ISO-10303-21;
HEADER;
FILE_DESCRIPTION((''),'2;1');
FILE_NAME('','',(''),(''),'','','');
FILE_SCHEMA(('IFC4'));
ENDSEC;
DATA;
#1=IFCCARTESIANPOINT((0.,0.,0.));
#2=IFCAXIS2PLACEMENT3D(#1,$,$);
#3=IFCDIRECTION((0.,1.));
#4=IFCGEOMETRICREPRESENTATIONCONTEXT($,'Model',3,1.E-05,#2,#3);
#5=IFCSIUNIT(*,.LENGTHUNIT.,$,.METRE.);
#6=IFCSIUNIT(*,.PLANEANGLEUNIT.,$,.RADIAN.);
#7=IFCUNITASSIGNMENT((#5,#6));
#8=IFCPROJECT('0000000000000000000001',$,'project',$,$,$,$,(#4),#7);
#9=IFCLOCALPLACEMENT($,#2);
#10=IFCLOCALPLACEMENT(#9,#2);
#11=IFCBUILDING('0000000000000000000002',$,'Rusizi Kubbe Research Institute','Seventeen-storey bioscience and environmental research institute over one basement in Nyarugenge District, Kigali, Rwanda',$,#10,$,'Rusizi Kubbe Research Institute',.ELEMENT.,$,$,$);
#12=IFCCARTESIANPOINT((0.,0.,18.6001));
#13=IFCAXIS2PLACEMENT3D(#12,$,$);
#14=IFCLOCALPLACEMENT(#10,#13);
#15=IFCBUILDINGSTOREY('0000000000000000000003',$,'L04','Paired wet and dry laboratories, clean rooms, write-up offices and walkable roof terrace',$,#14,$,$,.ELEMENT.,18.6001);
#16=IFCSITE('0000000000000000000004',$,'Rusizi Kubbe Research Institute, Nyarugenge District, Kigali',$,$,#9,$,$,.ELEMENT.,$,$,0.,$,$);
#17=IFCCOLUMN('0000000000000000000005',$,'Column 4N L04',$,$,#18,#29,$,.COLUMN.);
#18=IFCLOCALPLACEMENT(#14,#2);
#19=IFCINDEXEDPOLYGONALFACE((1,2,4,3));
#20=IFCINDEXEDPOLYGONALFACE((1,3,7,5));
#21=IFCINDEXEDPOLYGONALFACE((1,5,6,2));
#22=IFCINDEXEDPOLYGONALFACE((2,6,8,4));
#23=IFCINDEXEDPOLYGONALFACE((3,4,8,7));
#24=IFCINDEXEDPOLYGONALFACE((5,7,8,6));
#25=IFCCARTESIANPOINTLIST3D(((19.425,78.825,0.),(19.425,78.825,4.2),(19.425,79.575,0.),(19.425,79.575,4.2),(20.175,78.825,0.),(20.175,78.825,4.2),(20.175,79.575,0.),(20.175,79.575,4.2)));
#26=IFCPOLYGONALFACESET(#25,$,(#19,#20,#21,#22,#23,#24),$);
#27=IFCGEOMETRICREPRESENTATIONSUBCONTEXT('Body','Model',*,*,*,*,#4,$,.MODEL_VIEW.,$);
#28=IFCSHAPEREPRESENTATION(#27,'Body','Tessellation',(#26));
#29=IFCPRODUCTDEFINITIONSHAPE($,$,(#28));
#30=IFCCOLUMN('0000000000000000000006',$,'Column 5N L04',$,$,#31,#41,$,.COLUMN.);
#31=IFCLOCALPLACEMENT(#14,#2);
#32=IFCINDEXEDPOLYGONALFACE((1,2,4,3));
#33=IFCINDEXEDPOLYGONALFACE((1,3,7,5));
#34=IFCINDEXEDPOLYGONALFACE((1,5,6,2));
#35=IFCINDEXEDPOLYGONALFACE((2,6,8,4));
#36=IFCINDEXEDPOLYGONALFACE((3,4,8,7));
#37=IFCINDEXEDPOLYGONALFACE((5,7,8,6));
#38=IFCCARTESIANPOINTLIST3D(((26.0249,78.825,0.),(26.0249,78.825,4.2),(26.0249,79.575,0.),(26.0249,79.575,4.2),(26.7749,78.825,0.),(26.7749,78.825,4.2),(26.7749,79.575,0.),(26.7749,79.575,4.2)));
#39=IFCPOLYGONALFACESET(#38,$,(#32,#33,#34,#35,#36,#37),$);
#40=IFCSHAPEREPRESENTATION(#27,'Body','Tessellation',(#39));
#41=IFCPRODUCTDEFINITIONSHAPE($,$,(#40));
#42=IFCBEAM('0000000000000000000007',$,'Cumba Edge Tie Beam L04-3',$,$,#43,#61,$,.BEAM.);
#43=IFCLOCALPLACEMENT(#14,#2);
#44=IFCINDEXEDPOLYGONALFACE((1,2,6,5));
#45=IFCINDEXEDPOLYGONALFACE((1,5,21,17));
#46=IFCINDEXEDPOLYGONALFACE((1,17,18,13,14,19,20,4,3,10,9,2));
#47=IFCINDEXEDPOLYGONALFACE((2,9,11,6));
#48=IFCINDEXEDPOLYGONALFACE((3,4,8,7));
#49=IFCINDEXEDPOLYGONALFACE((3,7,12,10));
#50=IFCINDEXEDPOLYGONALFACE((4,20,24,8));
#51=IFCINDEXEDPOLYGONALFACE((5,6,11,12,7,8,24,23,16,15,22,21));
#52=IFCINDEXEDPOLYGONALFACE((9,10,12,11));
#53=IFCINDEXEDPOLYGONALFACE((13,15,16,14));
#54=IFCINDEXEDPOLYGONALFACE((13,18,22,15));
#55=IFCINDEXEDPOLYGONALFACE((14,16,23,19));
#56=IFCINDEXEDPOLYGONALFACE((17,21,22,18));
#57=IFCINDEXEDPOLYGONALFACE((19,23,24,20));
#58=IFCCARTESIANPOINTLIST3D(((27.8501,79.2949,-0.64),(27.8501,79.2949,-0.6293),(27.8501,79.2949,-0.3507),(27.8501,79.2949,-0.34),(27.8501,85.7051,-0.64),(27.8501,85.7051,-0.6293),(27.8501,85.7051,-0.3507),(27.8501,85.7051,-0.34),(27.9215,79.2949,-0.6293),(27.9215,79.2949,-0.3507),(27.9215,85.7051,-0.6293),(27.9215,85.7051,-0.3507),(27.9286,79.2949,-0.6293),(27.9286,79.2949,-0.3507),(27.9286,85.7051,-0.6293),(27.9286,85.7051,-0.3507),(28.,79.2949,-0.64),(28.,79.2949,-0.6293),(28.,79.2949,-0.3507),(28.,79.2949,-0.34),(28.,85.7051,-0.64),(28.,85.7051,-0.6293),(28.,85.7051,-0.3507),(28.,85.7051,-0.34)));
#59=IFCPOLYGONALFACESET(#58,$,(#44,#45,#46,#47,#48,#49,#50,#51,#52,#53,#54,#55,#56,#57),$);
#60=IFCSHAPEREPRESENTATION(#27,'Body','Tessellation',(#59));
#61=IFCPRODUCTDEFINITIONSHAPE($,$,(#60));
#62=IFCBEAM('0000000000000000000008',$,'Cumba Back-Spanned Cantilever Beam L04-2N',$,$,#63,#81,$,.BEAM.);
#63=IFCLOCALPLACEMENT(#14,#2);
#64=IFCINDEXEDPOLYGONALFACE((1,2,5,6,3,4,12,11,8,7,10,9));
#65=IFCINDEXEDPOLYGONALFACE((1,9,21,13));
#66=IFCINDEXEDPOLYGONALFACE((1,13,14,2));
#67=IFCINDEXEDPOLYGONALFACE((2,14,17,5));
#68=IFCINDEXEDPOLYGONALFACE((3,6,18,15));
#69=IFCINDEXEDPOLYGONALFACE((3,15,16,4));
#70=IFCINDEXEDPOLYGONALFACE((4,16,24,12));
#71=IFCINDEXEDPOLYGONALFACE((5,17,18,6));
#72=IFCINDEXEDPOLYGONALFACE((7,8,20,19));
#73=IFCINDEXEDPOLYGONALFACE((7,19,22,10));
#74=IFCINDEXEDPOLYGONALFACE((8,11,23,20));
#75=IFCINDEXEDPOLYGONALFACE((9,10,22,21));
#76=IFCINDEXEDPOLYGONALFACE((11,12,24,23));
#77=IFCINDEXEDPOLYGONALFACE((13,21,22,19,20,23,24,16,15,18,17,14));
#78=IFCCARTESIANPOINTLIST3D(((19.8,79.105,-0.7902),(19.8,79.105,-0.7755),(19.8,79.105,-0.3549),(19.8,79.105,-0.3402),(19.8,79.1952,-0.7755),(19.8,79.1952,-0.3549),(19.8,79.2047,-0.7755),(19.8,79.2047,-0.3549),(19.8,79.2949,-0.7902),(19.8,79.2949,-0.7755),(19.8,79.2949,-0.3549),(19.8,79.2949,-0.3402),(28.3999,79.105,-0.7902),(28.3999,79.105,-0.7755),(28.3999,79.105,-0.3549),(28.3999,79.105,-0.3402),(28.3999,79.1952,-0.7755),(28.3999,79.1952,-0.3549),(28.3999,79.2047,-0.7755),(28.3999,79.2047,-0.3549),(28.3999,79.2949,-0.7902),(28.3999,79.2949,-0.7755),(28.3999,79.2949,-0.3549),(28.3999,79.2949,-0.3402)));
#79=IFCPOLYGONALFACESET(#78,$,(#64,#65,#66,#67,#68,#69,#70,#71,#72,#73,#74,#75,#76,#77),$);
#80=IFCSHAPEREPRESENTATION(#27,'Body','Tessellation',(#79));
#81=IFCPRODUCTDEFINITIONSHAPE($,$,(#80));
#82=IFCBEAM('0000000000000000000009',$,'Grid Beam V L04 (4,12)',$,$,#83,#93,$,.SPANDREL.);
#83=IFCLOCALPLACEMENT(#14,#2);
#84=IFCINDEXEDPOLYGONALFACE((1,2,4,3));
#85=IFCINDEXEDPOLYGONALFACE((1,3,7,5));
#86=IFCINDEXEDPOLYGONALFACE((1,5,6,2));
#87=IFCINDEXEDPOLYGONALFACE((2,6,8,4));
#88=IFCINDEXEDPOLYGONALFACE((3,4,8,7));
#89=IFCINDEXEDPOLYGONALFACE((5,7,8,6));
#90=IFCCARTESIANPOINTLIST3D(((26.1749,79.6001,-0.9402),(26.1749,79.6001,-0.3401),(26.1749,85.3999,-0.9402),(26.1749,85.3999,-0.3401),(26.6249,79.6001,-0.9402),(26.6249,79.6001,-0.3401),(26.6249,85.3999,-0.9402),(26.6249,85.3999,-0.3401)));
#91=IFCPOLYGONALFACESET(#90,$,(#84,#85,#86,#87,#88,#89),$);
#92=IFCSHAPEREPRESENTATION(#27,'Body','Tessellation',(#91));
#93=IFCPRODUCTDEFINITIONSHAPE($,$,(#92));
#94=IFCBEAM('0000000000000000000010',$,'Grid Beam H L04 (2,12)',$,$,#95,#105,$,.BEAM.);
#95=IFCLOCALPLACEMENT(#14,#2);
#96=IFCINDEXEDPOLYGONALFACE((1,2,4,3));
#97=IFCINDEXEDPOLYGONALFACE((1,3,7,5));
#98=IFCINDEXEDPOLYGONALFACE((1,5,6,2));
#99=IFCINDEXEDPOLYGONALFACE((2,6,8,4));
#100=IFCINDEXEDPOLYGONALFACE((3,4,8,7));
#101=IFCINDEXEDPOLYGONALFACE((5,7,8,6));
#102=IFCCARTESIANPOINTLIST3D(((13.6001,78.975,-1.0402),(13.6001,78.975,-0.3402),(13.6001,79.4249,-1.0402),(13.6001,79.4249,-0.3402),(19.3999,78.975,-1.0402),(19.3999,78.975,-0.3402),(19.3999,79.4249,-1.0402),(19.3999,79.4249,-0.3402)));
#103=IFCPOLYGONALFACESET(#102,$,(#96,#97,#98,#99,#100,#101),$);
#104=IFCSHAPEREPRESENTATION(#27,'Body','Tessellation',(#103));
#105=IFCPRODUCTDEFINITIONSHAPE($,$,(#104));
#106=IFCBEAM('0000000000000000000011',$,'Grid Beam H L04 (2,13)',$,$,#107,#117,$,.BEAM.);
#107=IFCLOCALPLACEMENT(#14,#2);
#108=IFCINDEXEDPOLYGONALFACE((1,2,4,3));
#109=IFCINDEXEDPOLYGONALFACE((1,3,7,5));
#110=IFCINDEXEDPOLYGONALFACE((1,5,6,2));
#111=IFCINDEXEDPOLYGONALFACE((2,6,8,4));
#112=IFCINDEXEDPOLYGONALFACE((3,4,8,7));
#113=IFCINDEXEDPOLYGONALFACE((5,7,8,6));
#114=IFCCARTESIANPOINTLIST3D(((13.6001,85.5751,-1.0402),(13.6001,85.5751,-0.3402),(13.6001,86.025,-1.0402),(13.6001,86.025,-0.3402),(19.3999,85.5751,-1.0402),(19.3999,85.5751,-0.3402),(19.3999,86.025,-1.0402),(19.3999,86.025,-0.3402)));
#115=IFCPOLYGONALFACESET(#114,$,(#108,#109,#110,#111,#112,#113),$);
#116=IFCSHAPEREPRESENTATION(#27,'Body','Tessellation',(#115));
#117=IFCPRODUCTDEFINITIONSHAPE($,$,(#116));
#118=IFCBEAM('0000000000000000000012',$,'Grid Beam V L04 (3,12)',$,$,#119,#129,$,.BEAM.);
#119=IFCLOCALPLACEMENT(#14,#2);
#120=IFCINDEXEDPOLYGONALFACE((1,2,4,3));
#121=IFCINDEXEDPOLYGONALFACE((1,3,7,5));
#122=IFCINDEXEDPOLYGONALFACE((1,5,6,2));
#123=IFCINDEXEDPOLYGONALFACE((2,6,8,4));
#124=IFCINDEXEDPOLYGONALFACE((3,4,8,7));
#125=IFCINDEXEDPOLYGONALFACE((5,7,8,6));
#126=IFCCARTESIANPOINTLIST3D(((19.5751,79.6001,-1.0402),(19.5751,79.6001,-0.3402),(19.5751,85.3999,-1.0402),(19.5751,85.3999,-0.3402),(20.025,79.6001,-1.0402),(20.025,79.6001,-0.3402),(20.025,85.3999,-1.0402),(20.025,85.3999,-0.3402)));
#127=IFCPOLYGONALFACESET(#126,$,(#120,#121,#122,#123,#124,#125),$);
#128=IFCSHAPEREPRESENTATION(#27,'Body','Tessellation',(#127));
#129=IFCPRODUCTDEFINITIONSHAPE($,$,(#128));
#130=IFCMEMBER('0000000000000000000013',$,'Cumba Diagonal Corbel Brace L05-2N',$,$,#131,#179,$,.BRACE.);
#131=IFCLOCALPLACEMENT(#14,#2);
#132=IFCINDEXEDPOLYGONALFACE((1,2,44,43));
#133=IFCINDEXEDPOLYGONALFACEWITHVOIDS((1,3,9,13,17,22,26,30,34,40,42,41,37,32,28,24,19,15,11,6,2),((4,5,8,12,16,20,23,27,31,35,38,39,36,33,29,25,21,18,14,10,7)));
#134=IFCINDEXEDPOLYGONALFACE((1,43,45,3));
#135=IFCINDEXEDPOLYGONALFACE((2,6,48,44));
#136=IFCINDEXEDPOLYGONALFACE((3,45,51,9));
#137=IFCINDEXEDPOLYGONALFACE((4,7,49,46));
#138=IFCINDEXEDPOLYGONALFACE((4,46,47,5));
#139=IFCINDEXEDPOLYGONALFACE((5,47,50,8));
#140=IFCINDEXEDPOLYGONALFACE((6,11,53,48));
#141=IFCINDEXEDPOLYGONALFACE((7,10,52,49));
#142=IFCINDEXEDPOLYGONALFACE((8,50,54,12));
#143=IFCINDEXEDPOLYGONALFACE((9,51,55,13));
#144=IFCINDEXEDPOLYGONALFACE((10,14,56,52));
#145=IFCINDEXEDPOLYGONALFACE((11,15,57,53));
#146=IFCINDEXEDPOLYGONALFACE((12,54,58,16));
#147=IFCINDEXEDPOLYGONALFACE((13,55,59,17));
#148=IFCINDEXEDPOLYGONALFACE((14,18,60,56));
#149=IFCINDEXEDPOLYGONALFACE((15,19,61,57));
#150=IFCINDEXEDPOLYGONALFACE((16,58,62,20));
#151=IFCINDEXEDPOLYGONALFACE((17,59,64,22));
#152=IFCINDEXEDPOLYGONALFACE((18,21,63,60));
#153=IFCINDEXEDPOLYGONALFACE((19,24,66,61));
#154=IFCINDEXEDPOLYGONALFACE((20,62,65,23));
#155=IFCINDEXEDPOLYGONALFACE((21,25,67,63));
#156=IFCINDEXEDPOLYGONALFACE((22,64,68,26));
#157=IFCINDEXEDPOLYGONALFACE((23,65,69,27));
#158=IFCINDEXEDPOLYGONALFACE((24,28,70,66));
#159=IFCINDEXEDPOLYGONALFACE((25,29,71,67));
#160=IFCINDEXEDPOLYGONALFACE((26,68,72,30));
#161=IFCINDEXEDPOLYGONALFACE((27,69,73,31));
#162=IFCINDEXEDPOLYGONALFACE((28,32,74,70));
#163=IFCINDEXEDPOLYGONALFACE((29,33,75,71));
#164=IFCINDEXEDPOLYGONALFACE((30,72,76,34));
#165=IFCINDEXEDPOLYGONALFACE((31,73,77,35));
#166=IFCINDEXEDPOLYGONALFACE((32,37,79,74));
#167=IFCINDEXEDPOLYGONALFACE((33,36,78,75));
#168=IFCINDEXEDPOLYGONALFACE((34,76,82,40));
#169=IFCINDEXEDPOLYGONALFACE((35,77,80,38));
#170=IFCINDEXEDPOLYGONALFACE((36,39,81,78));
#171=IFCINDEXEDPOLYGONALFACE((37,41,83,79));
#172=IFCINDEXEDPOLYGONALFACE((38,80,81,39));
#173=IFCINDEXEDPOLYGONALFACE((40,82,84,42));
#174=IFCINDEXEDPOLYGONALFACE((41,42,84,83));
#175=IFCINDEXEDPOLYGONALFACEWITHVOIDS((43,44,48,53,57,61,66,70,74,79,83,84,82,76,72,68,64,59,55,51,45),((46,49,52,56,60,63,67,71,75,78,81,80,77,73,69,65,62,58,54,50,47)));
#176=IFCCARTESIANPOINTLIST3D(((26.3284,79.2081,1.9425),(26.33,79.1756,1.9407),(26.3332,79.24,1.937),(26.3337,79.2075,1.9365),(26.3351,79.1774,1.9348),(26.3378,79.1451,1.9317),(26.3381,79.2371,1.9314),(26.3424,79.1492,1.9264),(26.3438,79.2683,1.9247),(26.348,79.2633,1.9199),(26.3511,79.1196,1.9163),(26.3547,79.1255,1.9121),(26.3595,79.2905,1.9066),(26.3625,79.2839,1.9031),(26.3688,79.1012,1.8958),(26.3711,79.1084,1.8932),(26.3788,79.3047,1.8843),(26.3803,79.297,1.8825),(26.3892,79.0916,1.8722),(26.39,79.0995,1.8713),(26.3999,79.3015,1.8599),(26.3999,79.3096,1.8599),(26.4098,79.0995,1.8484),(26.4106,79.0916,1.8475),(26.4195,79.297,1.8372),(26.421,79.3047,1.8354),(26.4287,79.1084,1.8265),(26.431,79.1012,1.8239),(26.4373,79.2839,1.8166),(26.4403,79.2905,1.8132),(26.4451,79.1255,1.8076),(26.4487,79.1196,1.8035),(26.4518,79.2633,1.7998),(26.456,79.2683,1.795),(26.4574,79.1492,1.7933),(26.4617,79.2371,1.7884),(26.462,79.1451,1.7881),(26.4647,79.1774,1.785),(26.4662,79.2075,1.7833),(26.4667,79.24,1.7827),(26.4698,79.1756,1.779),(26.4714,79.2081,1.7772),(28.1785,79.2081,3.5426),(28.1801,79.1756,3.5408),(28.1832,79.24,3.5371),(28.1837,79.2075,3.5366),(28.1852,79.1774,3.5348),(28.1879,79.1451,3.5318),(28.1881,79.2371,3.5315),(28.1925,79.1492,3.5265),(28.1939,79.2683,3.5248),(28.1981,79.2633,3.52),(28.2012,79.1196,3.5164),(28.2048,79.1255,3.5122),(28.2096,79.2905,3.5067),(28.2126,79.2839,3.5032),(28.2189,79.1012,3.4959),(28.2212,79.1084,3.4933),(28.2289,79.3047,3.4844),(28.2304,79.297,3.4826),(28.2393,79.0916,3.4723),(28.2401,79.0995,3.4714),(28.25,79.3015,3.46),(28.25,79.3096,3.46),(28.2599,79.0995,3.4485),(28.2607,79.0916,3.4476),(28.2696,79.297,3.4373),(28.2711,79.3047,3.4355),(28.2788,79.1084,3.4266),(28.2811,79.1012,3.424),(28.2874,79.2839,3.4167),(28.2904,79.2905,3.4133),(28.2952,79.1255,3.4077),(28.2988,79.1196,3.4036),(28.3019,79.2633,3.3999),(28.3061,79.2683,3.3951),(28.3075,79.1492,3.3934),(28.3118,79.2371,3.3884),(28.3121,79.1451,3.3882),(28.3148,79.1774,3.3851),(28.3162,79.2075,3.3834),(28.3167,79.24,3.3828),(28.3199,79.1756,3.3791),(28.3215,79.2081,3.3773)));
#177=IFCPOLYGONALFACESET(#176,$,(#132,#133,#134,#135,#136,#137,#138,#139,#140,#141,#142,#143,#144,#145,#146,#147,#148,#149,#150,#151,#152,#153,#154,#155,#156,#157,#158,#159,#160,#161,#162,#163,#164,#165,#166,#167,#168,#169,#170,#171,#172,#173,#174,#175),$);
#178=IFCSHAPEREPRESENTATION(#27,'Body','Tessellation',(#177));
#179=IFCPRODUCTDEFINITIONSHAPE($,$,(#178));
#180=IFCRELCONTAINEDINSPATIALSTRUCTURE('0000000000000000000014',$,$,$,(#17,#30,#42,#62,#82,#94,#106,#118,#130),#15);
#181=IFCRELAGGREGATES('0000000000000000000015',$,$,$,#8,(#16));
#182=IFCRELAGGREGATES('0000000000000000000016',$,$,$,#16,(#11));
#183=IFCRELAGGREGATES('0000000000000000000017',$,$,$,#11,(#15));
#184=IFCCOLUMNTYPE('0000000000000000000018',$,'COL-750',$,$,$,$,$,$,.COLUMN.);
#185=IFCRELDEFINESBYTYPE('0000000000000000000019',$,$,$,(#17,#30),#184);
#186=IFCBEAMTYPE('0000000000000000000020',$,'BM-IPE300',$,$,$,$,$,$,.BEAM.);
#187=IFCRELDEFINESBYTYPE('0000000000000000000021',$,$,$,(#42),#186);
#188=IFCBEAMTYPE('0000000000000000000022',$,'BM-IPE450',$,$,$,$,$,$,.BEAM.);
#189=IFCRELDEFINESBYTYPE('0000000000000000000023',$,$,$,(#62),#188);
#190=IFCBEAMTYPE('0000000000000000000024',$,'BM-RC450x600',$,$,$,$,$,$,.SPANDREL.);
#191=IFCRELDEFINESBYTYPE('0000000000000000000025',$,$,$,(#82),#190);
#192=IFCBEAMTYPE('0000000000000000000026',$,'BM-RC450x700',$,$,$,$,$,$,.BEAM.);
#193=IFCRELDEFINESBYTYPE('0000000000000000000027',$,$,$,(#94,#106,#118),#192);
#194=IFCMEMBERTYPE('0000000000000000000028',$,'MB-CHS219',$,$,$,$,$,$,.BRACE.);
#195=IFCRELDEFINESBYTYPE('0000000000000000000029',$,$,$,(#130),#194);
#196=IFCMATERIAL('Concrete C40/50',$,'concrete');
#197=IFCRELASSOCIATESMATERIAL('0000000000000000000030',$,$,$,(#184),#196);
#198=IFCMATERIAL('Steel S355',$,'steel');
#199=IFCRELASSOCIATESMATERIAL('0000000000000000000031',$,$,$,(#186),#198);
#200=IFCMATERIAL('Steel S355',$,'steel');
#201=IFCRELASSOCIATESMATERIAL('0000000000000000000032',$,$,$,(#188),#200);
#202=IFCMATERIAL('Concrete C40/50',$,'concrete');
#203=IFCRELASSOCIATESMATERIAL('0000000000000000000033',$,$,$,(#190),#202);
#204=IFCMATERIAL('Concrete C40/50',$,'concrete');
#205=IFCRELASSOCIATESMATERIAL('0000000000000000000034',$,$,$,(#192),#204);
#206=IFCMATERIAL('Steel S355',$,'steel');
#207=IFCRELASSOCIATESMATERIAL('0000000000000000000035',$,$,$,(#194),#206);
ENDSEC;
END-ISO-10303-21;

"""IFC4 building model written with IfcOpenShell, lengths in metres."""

from ifc_helpers import new_model, si_unit, direction, frame, origin, origin_2d, place, context, subcontext, project, spatial, rectangle, hollow_circle, i_section, extrude, material, material_profile, profile_set, type_object, element, save


model = new_model("IFC4")

# Units and contexts
model_context = context("Model", 3, precision=1e-05, world=origin(), true_north=direction((0.0, 1.0)))
body_context = subcontext(model_context, "Body", "Model", "MODEL_VIEW")
ifc_project = project(units=[si_unit("LENGTHUNIT", "METRE"), si_unit("PLANEANGLEUNIT", "RADIAN")], contexts=[model_context])

# Site, building, storey
site_placement = place(None, origin())
site = spatial("IfcSite", under=ifc_project, at=site_placement, Name="Rusizi Kubbe Research Institute, Nyarugenge District, Kigali", CompositionType="ELEMENT", RefElevation=0.0)
building_placement = place(site_placement, origin())
building = spatial("IfcBuilding", under=site, at=building_placement, Name="Rusizi Kubbe Research Institute", Description="Seventeen-storey bioscience and environmental research institute over one basement in Nyarugenge District, Kigali, Rwanda", LongName="Rusizi Kubbe Research Institute", CompositionType="ELEMENT")
storey_placement = place(building_placement, frame((0.0, 0.0, 18.6001)))
storey = spatial("IfcBuildingStorey", under=building, at=storey_placement, Name="L04", Description="Paired wet and dry laboratories, clean rooms, write-up offices and walkable roof terrace", CompositionType="ELEMENT", Elevation=18.6001)

# Columns
ifc_material_1 = material(Name="Concrete C40/50", Category="concrete")
ifc_material_profile_1 = material_profile(ifc_material_1, rectangle(XDim=0.75, YDim=0.75, at=origin_2d()), Name="RC750x750")
ifc_profile_set_1 = profile_set([ifc_material_profile_1], Name="Concrete C40/50")
column_type = type_object("IfcColumnType", Name="COL-750", PredefinedType="COLUMN", material=ifc_profile_set_1)
for number, where, z_axis, x_axis, name in (
    (1, (19.8, 79.2, 0.0), (0.0, 0.0, 1.0), (1.0, 0.0, 0.0), "Column 4N L04"),
    (2, (26.3999, 79.2, 0.0), (0.0, 0.0, 1.0), (1.0, 0.0, 0.0), "Column 5N L04"),
):
    element("IfcColumn", number, at=place(storey_placement, frame(where, z_axis=z_axis, x_axis=x_axis)), inside=storey, type_object=column_type, Name=name, PredefinedType="COLUMN", context=body_context, shape_type="SweptSolid", body=[
        extrude(rectangle(XDim=0.75, YDim=0.75, at=origin_2d()), origin(), (0.0, 0.0, 1.0), 4.2),
    ])

# Beams
ifc_material_2 = material(Name="Steel S355", Category="steel")
ifc_material_profile_2 = material_profile(ifc_material_2, i_section(OverallWidth=0.1499, OverallDepth=0.3, WebThickness=0.0071, FlangeThickness=0.0107, at=origin_2d()), Name="IPE 300")
ifc_profile_set_2 = profile_set([ifc_material_profile_2], Name="Steel S355")
beam_type_1 = type_object("IfcBeamType", Name="BM-IPE300", PredefinedType="BEAM", material=ifc_profile_set_2)
beam_1_placement = place(storey_placement, frame((27.925, 79.2949, -0.49), z_axis=(0.0, 1.0, 0.0), x_axis=(-1.0, 0.0, 0.0)))
element("IfcBeam", 3, at=beam_1_placement, inside=storey, type_object=beam_type_1, Name="Cumba Edge Tie Beam L04-3", PredefinedType="BEAM", context=body_context, shape_type="SweptSolid", body=[
    extrude(i_section(OverallWidth=0.1499, OverallDepth=0.3, WebThickness=0.0071, FlangeThickness=0.0107, at=origin_2d()), origin(), (0.0, 0.0, 1.0), 6.4102),
])
ifc_material_3 = material(Name="Steel S355", Category="steel")
ifc_material_profile_3 = material_profile(ifc_material_3, i_section(OverallWidth=0.1899, OverallDepth=0.45, WebThickness=0.0095, FlangeThickness=0.0146, at=origin_2d()), Name="IPE 450")
ifc_profile_set_3 = profile_set([ifc_material_profile_3], Name="Steel S355")
beam_type_2 = type_object("IfcBeamType", Name="BM-IPE450", PredefinedType="BEAM", material=ifc_profile_set_3)
beam_2_placement = place(storey_placement, frame((19.8, 79.2, -0.5652), z_axis=(1.0, 0.0, 0.0), x_axis=(0.0, 1.0, 0.0)))
element("IfcBeam", 4, at=beam_2_placement, inside=storey, type_object=beam_type_2, Name="Cumba Back-Spanned Cantilever Beam L04-2N", PredefinedType="BEAM", context=body_context, shape_type="SweptSolid", body=[
    extrude(i_section(OverallWidth=0.1899, OverallDepth=0.45, WebThickness=0.0095, FlangeThickness=0.0146, at=origin_2d()), origin(), (0.0, 0.0, 1.0), 8.5999),
])
ifc_material_4 = material(Name="Concrete C40/50", Category="concrete")
ifc_material_profile_4 = material_profile(ifc_material_4, rectangle(XDim=0.45, YDim=0.6001, at=origin_2d()), Name="RC450x600")
ifc_profile_set_4 = profile_set([ifc_material_profile_4], Name="Concrete C40/50")
beam_type_3 = type_object("IfcBeamType", Name="BM-RC450x600", PredefinedType="SPANDREL", material=ifc_profile_set_4)
beam_3_placement = place(storey_placement, frame((26.3999, 79.6001, -0.6401), z_axis=(0.0, 1.0, 0.0), x_axis=(-1.0, 0.0, 0.0)))
element("IfcBeam", 5, at=beam_3_placement, inside=storey, type_object=beam_type_3, Name="Grid Beam V L04 (4,12)", PredefinedType="SPANDREL", context=body_context, shape_type="SweptSolid", body=[
    extrude(rectangle(XDim=0.45, YDim=0.6001, at=origin_2d()), origin(), (0.0, 0.0, 1.0), 5.7998),
])
ifc_material_5 = material(Name="Concrete C40/50", Category="concrete")
ifc_material_profile_5 = material_profile(ifc_material_5, rectangle(XDim=0.45, YDim=0.7, at=origin_2d()), Name="RC450x700B")
ifc_profile_set_5 = profile_set([ifc_material_profile_5], Name="Concrete C40/50")
beam_type_4 = type_object("IfcBeamType", Name="BM-RC450x700", PredefinedType="BEAM", material=ifc_profile_set_5)
for number, where, z_axis, x_axis, name in (
    (6, (13.6001, 79.2, -0.6902), (1.0, 0.0, 0.0), (0.0, 1.0, 0.0), "Grid Beam H L04 (2,12)"),
    (7, (13.6001, 85.8, -0.6902), (1.0, 0.0, 0.0), (0.0, 1.0, 0.0), "Grid Beam H L04 (2,13)"),
    (8, (19.8, 79.6001, -0.6902), (0.0, 1.0, 0.0), (-1.0, 0.0, 0.0), "Grid Beam V L04 (3,12)"),
):
    element("IfcBeam", number, at=place(storey_placement, frame(where, z_axis=z_axis, x_axis=x_axis)), inside=storey, type_object=beam_type_4, Name=name, PredefinedType="BEAM", context=body_context, shape_type="SweptSolid", body=[
        extrude(rectangle(XDim=0.45, YDim=0.7, at=origin_2d()), origin(), (0.0, 0.0, 1.0), 5.7998),
    ])

# Member
ifc_material_6 = material(Name="Steel S355", Category="steel")
ifc_material_profile_6 = material_profile(ifc_material_6, hollow_circle(Radius=0.1096, WallThickness=0.0081, at=origin_2d()), Name="CHS 219.1x8.0")
ifc_profile_set_6 = profile_set([ifc_material_profile_6], Name="Steel S355")
member_type_1 = type_object("IfcMemberType", Name="MB-CHS219", PredefinedType="BRACE", material=ifc_profile_set_6)
member_1_placement = place(storey_placement, frame((26.3999, 79.2, 1.8599), z_axis=(0.756361, 0.0, 0.654155), x_axis=(0.0, 1.0, 0.0)))
element("IfcMember", 9, at=member_1_placement, inside=storey, type_object=member_type_1, Name="Cumba Diagonal Corbel Brace L05-2N", PredefinedType="BRACE", context=body_context, shape_type="SweptSolid", body=[
    extrude(hollow_circle(Radius=0.1096, WallThickness=0.0081, at=origin_2d()), origin(), (0.0, 0.0, 1.0), 2.446),
])

save(model, "model.ifc")
